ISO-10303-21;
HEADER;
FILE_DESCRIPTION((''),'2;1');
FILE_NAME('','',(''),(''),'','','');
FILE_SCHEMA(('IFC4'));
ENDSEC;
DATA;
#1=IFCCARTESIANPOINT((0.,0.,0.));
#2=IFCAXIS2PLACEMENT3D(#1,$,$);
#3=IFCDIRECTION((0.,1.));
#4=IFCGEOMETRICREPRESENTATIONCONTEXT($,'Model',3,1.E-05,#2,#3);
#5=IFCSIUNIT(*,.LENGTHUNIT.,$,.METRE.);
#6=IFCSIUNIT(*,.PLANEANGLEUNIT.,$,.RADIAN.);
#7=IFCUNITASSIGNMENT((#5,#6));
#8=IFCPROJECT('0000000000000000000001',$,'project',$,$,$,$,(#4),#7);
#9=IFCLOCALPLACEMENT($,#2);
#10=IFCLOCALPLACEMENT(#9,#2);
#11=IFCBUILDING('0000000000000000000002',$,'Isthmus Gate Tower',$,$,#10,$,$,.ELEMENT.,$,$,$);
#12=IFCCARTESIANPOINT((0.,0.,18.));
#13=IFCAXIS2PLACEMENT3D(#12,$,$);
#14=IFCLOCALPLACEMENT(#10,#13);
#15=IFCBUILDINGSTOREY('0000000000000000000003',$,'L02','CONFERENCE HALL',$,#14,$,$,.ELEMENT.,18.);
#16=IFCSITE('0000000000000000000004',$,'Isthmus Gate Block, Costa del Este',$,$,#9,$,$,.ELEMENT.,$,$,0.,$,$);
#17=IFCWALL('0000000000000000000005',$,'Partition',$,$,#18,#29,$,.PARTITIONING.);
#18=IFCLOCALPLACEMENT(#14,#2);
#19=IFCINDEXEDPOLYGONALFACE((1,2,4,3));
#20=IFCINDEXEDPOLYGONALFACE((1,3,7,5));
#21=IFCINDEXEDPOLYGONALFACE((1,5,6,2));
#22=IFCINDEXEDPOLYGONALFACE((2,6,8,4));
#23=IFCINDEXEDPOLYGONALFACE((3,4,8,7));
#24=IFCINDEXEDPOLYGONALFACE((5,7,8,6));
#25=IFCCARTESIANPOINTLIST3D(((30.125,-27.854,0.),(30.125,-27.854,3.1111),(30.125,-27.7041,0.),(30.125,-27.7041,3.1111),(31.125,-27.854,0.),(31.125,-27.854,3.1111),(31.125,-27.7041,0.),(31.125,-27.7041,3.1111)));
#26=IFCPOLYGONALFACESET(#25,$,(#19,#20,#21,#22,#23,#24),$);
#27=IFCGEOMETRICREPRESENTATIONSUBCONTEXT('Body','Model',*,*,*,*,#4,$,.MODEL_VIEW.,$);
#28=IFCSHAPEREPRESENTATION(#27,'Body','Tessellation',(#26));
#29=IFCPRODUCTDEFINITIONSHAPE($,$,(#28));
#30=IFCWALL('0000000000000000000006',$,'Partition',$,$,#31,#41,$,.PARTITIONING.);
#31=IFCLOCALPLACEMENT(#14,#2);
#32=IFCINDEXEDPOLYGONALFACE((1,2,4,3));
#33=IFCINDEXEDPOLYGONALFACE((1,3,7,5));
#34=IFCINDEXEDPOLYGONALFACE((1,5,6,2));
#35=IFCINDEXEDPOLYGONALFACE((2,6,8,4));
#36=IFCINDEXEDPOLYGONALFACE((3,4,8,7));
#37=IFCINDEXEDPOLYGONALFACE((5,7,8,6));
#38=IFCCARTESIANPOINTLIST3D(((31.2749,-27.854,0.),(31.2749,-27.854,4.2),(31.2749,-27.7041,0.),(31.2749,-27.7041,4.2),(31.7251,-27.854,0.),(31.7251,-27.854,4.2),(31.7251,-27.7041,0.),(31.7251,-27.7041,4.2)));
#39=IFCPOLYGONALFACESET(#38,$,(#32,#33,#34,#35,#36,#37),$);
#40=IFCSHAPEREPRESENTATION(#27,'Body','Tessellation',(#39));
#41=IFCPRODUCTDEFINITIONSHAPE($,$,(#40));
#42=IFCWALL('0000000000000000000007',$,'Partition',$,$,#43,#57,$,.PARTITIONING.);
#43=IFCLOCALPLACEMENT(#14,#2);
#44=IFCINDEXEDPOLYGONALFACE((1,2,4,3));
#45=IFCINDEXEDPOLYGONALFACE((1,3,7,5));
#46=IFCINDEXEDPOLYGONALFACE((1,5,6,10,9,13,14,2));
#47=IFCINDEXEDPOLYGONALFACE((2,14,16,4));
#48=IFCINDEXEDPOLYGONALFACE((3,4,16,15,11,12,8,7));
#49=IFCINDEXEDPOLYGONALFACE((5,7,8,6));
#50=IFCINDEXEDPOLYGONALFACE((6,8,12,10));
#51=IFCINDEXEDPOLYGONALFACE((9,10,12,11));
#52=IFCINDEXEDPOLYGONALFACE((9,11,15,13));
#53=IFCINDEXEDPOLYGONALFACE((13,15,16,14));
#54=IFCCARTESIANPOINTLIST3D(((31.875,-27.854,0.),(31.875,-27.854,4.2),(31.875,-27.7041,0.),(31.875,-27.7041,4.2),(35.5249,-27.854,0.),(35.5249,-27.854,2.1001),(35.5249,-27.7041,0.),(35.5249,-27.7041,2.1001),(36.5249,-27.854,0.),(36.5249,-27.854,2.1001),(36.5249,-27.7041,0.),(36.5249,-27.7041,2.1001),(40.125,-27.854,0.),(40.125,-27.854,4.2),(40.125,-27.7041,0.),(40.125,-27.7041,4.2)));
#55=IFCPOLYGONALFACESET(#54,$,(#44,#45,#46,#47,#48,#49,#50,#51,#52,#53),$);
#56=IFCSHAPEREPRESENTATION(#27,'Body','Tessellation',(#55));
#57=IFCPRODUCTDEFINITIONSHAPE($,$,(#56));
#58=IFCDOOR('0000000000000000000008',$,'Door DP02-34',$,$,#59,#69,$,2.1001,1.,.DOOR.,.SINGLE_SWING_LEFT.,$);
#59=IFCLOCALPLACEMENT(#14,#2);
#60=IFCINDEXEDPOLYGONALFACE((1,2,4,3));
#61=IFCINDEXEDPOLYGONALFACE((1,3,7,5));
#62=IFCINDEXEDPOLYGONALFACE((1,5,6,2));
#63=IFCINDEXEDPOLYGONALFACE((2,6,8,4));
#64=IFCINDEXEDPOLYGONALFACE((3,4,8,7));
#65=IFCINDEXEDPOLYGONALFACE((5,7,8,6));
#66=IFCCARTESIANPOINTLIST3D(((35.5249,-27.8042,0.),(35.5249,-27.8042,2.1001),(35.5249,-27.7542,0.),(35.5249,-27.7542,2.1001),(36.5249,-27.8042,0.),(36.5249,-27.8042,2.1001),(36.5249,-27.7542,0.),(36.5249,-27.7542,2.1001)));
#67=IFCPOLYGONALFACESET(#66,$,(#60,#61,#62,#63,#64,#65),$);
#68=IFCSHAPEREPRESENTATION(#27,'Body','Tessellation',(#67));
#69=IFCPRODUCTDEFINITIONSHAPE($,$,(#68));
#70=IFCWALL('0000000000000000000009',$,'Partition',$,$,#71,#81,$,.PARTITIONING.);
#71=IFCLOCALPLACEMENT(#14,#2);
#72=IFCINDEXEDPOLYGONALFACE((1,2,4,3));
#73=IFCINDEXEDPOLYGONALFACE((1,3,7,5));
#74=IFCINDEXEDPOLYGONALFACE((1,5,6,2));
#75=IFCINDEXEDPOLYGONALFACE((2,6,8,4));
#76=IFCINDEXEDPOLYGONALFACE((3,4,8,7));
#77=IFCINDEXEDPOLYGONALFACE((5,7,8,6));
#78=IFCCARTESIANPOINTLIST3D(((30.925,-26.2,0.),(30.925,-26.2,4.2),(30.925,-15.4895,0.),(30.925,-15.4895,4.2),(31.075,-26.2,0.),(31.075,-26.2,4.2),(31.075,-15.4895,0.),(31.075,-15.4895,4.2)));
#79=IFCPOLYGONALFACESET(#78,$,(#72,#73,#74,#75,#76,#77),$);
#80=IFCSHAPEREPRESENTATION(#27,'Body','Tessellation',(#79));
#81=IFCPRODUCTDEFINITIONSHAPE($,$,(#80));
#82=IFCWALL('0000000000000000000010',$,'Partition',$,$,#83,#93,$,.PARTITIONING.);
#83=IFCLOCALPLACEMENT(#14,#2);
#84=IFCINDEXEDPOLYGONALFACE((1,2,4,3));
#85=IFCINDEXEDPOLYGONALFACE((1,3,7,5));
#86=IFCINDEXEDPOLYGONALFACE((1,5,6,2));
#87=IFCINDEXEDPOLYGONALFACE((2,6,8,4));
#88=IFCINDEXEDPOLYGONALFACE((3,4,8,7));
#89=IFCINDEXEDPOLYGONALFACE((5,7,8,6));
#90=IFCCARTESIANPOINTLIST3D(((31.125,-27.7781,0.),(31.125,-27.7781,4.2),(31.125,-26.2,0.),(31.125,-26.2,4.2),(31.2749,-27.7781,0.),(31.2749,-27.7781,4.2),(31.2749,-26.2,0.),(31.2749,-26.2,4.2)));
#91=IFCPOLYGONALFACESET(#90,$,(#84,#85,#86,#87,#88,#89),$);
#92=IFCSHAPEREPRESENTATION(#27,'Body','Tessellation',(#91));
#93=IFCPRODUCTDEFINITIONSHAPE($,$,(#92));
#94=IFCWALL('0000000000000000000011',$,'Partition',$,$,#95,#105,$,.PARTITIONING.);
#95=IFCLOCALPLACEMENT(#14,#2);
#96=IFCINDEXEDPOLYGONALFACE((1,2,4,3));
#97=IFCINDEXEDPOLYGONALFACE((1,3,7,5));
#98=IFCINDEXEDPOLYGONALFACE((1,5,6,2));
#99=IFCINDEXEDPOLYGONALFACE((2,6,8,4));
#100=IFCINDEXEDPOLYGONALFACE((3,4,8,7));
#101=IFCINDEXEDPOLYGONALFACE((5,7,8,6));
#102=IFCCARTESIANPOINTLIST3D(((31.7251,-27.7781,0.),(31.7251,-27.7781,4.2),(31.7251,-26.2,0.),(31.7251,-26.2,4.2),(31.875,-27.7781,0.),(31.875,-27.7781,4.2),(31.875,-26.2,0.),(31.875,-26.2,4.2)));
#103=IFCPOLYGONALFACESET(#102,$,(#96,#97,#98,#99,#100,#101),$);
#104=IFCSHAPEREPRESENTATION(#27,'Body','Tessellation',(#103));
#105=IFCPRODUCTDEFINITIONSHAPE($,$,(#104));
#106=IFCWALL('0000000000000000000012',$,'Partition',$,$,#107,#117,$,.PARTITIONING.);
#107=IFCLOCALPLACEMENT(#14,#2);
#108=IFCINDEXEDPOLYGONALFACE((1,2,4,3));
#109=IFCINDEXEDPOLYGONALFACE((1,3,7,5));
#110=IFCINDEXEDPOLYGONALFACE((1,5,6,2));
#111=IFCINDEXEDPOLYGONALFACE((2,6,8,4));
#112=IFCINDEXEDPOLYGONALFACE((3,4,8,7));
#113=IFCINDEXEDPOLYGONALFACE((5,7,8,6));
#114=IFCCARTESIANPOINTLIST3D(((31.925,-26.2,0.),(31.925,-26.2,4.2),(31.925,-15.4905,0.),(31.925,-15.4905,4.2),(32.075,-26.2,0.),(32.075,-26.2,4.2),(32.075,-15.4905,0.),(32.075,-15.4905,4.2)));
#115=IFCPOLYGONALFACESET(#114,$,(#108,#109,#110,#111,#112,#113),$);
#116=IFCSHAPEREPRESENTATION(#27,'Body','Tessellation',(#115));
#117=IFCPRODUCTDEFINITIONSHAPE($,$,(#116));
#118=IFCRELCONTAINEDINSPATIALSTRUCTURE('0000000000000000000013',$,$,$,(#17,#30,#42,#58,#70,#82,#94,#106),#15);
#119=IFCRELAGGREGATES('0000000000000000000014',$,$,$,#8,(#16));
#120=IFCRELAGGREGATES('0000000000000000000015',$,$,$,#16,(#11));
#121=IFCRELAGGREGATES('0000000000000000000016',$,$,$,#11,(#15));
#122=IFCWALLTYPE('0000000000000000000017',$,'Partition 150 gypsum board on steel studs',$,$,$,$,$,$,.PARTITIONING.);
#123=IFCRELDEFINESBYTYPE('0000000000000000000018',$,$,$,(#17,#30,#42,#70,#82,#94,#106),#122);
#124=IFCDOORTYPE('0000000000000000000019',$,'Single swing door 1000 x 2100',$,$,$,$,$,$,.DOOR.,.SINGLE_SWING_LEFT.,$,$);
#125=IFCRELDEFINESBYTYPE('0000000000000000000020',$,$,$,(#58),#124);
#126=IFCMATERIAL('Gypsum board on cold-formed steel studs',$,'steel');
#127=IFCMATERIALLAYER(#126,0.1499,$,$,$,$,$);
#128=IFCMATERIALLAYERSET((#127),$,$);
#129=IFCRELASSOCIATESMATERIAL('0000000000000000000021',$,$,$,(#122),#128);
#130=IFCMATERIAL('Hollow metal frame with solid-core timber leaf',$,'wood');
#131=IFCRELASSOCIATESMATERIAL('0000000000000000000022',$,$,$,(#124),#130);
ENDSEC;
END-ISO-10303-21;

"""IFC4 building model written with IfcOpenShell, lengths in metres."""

from ifc_helpers import new_model, si_unit, direction, frame, frame_2d, origin, place, context, subcontext, project, spatial, rectangle, extrude, material, layer, layer_set, type_object, element, fill, save


model = new_model("IFC4")

# Units and contexts
model_context = context("Model", 3, precision=1e-05, world=origin(), true_north=direction((0.0, 1.0)))
body_context = subcontext(model_context, "Body", "Model", "MODEL_VIEW")
ifc_project = project(units=[si_unit("LENGTHUNIT", "METRE"), si_unit("PLANEANGLEUNIT", "RADIAN")], contexts=[model_context])

# Site, building, storey
site_placement = place(None, origin())
site = spatial("IfcSite", under=ifc_project, at=site_placement, Name="Isthmus Gate Block, Costa del Este", CompositionType="ELEMENT", RefElevation=0.0)
building_placement = place(site_placement, origin())
building = spatial("IfcBuilding", under=site, at=building_placement, Name="Isthmus Gate Tower", CompositionType="ELEMENT")
storey_placement = place(building_placement, frame((0.0, 0.0, 18.0)))
storey = spatial("IfcBuildingStorey", under=building, at=storey_placement, Name="L02", Description="CONFERENCE HALL", CompositionType="ELEMENT", Elevation=18.0)

# Walls
ifc_material_1 = material(Name="Gypsum board on cold-formed steel studs", Category="steel")
ifc_layer_1 = layer(ifc_material_1, 0.1499)
ifc_layer_set_1 = layer_set([ifc_layer_1])
wall_type_1 = type_object("IfcWallType", Name="Partition 150 gypsum board on steel studs", PredefinedType="PARTITIONING", material=ifc_layer_set_1)
wall_1_placement = place(storey_placement, frame((30.125, -27.7791, 0.0), z_axis=(0.0, 0.0, 1.0), x_axis=(1.0, 0.0, 0.0)))
element("IfcWall", 1, at=wall_1_placement, inside=storey, type_object=wall_type_1, Name="Partition", PredefinedType="PARTITIONING", context=body_context, shape_type="SweptSolid", body=[
    extrude(rectangle(XDim=1.0, YDim=0.1499, at=frame_2d((0.5, 0.0))), origin(), (0.0, 0.0, 1.0), 3.1111),
])
wall_2_placement = place(storey_placement, frame((31.2749, -27.7791, 0.0), z_axis=(0.0, 0.0, 1.0), x_axis=(1.0, 0.0, 0.0)))
element("IfcWall", 2, at=wall_2_placement, inside=storey, type_object=wall_type_1, Name="Partition", PredefinedType="PARTITIONING", context=body_context, shape_type="SweptSolid", body=[
    extrude(rectangle(XDim=0.4502, YDim=0.1499, at=frame_2d((0.2251, 0.0))), origin(), (0.0, 0.0, 1.0), 4.2),
])

# Wall, opening, door
wall_3_placement = place(storey_placement, frame((31.875, -27.7791, 0.0), z_axis=(0.0, 0.0, 1.0), x_axis=(1.0, 0.0, 0.0)))
wall_3 = element("IfcWall", 3, at=wall_3_placement, inside=storey, type_object=wall_type_1, Name="Partition", PredefinedType="PARTITIONING", context=body_context, shape_type="SweptSolid", body=[
    extrude(rectangle(XDim=8.25, YDim=0.1499, at=frame_2d((4.125, 0.0))), origin(), (0.0, 0.0, 1.0), 4.2),
])
opening_1_placement = place(wall_3_placement, frame((3.6499, 0.0, 0.0)))
opening_1 = element("IfcOpeningElement", 4, at=opening_1_placement, cuts=wall_3, PredefinedType="OPENING", context=body_context, shape_type="SweptSolid", body=[
    extrude(rectangle(XDim=1.0, YDim=2.1001, at=frame_2d((0.5, 1.05))), frame((0.0, 0.085, 0.0), z_axis=(0.0, -1.0, 0.0), x_axis=(1.0, 0.0, 0.0)), (0.0, 0.0, 1.0), 0.1699),
])
ifc_material_2 = material(Name="Hollow metal frame with solid-core timber leaf", Category="wood")
door_type = type_object("IfcDoorType", Name="Single swing door 1000 x 2100", OperationType="SINGLE_SWING_LEFT", PredefinedType="DOOR", material=ifc_material_2)
door_placement = place(opening_1_placement, origin())
door = element("IfcDoor", 5, at=door_placement, inside=storey, type_object=door_type, Name="Door DP02-34", OperationType="SINGLE_SWING_LEFT", OverallHeight=2.1001, OverallWidth=1.0, PredefinedType="DOOR", context=body_context, shape_type="SweptSolid", body=[
    extrude(rectangle(XDim=1.0, YDim=2.1001, at=frame_2d((0.5, 1.05))), frame((0.0, 0.0249, 0.0), z_axis=(0.0, -1.0, 0.0), x_axis=(1.0, 0.0, 0.0)), (0.0, 0.0, 1.0), 0.05),
])
fill(opening_1, door)

# Walls
wall_4_placement = place(storey_placement, frame((31.0, -26.2, 0.0), z_axis=(0.0, 0.0, 1.0), x_axis=(0.0, 1.0, 0.0)))
element("IfcWall", 6, at=wall_4_placement, inside=storey, type_object=wall_type_1, Name="Partition", PredefinedType="PARTITIONING", context=body_context, shape_type="SweptSolid", body=[
    extrude(rectangle(XDim=10.7104, YDim=0.1499, at=frame_2d((5.3552, 0.0))), origin(), (0.0, 0.0, 1.0), 4.2),
])
for number, where, z_axis, x_axis, name in (
    (7, (31.2, -27.7781, 0.0), (0.0, 0.0, 1.0), (0.0, 1.0, 0.0), "Partition"),
    (8, (31.8, -27.7781, 0.0), (0.0, 0.0, 1.0), (0.0, 1.0, 0.0), "Partition"),
):
    element("IfcWall", number, at=place(storey_placement, frame(where, z_axis=z_axis, x_axis=x_axis)), inside=storey, type_object=wall_type_1, Name=name, PredefinedType="PARTITIONING", context=body_context, shape_type="SweptSolid", body=[
        extrude(rectangle(XDim=1.5781, YDim=0.1499, at=frame_2d((0.7891, 0.0))), origin(), (0.0, 0.0, 1.0), 4.2),
    ])
wall_5_placement = place(storey_placement, frame((32.0, -26.2, 0.0), z_axis=(0.0, 0.0, 1.0), x_axis=(0.0, 1.0, 0.0)))
element("IfcWall", 9, at=wall_5_placement, inside=storey, type_object=wall_type_1, Name="Partition", PredefinedType="PARTITIONING", context=body_context, shape_type="SweptSolid", body=[
    extrude(rectangle(XDim=10.7095, YDim=0.1499, at=frame_2d((5.3547, 0.0))), origin(), (0.0, 0.0, 1.0), 4.2),
])

save(model, "model.ifc")
